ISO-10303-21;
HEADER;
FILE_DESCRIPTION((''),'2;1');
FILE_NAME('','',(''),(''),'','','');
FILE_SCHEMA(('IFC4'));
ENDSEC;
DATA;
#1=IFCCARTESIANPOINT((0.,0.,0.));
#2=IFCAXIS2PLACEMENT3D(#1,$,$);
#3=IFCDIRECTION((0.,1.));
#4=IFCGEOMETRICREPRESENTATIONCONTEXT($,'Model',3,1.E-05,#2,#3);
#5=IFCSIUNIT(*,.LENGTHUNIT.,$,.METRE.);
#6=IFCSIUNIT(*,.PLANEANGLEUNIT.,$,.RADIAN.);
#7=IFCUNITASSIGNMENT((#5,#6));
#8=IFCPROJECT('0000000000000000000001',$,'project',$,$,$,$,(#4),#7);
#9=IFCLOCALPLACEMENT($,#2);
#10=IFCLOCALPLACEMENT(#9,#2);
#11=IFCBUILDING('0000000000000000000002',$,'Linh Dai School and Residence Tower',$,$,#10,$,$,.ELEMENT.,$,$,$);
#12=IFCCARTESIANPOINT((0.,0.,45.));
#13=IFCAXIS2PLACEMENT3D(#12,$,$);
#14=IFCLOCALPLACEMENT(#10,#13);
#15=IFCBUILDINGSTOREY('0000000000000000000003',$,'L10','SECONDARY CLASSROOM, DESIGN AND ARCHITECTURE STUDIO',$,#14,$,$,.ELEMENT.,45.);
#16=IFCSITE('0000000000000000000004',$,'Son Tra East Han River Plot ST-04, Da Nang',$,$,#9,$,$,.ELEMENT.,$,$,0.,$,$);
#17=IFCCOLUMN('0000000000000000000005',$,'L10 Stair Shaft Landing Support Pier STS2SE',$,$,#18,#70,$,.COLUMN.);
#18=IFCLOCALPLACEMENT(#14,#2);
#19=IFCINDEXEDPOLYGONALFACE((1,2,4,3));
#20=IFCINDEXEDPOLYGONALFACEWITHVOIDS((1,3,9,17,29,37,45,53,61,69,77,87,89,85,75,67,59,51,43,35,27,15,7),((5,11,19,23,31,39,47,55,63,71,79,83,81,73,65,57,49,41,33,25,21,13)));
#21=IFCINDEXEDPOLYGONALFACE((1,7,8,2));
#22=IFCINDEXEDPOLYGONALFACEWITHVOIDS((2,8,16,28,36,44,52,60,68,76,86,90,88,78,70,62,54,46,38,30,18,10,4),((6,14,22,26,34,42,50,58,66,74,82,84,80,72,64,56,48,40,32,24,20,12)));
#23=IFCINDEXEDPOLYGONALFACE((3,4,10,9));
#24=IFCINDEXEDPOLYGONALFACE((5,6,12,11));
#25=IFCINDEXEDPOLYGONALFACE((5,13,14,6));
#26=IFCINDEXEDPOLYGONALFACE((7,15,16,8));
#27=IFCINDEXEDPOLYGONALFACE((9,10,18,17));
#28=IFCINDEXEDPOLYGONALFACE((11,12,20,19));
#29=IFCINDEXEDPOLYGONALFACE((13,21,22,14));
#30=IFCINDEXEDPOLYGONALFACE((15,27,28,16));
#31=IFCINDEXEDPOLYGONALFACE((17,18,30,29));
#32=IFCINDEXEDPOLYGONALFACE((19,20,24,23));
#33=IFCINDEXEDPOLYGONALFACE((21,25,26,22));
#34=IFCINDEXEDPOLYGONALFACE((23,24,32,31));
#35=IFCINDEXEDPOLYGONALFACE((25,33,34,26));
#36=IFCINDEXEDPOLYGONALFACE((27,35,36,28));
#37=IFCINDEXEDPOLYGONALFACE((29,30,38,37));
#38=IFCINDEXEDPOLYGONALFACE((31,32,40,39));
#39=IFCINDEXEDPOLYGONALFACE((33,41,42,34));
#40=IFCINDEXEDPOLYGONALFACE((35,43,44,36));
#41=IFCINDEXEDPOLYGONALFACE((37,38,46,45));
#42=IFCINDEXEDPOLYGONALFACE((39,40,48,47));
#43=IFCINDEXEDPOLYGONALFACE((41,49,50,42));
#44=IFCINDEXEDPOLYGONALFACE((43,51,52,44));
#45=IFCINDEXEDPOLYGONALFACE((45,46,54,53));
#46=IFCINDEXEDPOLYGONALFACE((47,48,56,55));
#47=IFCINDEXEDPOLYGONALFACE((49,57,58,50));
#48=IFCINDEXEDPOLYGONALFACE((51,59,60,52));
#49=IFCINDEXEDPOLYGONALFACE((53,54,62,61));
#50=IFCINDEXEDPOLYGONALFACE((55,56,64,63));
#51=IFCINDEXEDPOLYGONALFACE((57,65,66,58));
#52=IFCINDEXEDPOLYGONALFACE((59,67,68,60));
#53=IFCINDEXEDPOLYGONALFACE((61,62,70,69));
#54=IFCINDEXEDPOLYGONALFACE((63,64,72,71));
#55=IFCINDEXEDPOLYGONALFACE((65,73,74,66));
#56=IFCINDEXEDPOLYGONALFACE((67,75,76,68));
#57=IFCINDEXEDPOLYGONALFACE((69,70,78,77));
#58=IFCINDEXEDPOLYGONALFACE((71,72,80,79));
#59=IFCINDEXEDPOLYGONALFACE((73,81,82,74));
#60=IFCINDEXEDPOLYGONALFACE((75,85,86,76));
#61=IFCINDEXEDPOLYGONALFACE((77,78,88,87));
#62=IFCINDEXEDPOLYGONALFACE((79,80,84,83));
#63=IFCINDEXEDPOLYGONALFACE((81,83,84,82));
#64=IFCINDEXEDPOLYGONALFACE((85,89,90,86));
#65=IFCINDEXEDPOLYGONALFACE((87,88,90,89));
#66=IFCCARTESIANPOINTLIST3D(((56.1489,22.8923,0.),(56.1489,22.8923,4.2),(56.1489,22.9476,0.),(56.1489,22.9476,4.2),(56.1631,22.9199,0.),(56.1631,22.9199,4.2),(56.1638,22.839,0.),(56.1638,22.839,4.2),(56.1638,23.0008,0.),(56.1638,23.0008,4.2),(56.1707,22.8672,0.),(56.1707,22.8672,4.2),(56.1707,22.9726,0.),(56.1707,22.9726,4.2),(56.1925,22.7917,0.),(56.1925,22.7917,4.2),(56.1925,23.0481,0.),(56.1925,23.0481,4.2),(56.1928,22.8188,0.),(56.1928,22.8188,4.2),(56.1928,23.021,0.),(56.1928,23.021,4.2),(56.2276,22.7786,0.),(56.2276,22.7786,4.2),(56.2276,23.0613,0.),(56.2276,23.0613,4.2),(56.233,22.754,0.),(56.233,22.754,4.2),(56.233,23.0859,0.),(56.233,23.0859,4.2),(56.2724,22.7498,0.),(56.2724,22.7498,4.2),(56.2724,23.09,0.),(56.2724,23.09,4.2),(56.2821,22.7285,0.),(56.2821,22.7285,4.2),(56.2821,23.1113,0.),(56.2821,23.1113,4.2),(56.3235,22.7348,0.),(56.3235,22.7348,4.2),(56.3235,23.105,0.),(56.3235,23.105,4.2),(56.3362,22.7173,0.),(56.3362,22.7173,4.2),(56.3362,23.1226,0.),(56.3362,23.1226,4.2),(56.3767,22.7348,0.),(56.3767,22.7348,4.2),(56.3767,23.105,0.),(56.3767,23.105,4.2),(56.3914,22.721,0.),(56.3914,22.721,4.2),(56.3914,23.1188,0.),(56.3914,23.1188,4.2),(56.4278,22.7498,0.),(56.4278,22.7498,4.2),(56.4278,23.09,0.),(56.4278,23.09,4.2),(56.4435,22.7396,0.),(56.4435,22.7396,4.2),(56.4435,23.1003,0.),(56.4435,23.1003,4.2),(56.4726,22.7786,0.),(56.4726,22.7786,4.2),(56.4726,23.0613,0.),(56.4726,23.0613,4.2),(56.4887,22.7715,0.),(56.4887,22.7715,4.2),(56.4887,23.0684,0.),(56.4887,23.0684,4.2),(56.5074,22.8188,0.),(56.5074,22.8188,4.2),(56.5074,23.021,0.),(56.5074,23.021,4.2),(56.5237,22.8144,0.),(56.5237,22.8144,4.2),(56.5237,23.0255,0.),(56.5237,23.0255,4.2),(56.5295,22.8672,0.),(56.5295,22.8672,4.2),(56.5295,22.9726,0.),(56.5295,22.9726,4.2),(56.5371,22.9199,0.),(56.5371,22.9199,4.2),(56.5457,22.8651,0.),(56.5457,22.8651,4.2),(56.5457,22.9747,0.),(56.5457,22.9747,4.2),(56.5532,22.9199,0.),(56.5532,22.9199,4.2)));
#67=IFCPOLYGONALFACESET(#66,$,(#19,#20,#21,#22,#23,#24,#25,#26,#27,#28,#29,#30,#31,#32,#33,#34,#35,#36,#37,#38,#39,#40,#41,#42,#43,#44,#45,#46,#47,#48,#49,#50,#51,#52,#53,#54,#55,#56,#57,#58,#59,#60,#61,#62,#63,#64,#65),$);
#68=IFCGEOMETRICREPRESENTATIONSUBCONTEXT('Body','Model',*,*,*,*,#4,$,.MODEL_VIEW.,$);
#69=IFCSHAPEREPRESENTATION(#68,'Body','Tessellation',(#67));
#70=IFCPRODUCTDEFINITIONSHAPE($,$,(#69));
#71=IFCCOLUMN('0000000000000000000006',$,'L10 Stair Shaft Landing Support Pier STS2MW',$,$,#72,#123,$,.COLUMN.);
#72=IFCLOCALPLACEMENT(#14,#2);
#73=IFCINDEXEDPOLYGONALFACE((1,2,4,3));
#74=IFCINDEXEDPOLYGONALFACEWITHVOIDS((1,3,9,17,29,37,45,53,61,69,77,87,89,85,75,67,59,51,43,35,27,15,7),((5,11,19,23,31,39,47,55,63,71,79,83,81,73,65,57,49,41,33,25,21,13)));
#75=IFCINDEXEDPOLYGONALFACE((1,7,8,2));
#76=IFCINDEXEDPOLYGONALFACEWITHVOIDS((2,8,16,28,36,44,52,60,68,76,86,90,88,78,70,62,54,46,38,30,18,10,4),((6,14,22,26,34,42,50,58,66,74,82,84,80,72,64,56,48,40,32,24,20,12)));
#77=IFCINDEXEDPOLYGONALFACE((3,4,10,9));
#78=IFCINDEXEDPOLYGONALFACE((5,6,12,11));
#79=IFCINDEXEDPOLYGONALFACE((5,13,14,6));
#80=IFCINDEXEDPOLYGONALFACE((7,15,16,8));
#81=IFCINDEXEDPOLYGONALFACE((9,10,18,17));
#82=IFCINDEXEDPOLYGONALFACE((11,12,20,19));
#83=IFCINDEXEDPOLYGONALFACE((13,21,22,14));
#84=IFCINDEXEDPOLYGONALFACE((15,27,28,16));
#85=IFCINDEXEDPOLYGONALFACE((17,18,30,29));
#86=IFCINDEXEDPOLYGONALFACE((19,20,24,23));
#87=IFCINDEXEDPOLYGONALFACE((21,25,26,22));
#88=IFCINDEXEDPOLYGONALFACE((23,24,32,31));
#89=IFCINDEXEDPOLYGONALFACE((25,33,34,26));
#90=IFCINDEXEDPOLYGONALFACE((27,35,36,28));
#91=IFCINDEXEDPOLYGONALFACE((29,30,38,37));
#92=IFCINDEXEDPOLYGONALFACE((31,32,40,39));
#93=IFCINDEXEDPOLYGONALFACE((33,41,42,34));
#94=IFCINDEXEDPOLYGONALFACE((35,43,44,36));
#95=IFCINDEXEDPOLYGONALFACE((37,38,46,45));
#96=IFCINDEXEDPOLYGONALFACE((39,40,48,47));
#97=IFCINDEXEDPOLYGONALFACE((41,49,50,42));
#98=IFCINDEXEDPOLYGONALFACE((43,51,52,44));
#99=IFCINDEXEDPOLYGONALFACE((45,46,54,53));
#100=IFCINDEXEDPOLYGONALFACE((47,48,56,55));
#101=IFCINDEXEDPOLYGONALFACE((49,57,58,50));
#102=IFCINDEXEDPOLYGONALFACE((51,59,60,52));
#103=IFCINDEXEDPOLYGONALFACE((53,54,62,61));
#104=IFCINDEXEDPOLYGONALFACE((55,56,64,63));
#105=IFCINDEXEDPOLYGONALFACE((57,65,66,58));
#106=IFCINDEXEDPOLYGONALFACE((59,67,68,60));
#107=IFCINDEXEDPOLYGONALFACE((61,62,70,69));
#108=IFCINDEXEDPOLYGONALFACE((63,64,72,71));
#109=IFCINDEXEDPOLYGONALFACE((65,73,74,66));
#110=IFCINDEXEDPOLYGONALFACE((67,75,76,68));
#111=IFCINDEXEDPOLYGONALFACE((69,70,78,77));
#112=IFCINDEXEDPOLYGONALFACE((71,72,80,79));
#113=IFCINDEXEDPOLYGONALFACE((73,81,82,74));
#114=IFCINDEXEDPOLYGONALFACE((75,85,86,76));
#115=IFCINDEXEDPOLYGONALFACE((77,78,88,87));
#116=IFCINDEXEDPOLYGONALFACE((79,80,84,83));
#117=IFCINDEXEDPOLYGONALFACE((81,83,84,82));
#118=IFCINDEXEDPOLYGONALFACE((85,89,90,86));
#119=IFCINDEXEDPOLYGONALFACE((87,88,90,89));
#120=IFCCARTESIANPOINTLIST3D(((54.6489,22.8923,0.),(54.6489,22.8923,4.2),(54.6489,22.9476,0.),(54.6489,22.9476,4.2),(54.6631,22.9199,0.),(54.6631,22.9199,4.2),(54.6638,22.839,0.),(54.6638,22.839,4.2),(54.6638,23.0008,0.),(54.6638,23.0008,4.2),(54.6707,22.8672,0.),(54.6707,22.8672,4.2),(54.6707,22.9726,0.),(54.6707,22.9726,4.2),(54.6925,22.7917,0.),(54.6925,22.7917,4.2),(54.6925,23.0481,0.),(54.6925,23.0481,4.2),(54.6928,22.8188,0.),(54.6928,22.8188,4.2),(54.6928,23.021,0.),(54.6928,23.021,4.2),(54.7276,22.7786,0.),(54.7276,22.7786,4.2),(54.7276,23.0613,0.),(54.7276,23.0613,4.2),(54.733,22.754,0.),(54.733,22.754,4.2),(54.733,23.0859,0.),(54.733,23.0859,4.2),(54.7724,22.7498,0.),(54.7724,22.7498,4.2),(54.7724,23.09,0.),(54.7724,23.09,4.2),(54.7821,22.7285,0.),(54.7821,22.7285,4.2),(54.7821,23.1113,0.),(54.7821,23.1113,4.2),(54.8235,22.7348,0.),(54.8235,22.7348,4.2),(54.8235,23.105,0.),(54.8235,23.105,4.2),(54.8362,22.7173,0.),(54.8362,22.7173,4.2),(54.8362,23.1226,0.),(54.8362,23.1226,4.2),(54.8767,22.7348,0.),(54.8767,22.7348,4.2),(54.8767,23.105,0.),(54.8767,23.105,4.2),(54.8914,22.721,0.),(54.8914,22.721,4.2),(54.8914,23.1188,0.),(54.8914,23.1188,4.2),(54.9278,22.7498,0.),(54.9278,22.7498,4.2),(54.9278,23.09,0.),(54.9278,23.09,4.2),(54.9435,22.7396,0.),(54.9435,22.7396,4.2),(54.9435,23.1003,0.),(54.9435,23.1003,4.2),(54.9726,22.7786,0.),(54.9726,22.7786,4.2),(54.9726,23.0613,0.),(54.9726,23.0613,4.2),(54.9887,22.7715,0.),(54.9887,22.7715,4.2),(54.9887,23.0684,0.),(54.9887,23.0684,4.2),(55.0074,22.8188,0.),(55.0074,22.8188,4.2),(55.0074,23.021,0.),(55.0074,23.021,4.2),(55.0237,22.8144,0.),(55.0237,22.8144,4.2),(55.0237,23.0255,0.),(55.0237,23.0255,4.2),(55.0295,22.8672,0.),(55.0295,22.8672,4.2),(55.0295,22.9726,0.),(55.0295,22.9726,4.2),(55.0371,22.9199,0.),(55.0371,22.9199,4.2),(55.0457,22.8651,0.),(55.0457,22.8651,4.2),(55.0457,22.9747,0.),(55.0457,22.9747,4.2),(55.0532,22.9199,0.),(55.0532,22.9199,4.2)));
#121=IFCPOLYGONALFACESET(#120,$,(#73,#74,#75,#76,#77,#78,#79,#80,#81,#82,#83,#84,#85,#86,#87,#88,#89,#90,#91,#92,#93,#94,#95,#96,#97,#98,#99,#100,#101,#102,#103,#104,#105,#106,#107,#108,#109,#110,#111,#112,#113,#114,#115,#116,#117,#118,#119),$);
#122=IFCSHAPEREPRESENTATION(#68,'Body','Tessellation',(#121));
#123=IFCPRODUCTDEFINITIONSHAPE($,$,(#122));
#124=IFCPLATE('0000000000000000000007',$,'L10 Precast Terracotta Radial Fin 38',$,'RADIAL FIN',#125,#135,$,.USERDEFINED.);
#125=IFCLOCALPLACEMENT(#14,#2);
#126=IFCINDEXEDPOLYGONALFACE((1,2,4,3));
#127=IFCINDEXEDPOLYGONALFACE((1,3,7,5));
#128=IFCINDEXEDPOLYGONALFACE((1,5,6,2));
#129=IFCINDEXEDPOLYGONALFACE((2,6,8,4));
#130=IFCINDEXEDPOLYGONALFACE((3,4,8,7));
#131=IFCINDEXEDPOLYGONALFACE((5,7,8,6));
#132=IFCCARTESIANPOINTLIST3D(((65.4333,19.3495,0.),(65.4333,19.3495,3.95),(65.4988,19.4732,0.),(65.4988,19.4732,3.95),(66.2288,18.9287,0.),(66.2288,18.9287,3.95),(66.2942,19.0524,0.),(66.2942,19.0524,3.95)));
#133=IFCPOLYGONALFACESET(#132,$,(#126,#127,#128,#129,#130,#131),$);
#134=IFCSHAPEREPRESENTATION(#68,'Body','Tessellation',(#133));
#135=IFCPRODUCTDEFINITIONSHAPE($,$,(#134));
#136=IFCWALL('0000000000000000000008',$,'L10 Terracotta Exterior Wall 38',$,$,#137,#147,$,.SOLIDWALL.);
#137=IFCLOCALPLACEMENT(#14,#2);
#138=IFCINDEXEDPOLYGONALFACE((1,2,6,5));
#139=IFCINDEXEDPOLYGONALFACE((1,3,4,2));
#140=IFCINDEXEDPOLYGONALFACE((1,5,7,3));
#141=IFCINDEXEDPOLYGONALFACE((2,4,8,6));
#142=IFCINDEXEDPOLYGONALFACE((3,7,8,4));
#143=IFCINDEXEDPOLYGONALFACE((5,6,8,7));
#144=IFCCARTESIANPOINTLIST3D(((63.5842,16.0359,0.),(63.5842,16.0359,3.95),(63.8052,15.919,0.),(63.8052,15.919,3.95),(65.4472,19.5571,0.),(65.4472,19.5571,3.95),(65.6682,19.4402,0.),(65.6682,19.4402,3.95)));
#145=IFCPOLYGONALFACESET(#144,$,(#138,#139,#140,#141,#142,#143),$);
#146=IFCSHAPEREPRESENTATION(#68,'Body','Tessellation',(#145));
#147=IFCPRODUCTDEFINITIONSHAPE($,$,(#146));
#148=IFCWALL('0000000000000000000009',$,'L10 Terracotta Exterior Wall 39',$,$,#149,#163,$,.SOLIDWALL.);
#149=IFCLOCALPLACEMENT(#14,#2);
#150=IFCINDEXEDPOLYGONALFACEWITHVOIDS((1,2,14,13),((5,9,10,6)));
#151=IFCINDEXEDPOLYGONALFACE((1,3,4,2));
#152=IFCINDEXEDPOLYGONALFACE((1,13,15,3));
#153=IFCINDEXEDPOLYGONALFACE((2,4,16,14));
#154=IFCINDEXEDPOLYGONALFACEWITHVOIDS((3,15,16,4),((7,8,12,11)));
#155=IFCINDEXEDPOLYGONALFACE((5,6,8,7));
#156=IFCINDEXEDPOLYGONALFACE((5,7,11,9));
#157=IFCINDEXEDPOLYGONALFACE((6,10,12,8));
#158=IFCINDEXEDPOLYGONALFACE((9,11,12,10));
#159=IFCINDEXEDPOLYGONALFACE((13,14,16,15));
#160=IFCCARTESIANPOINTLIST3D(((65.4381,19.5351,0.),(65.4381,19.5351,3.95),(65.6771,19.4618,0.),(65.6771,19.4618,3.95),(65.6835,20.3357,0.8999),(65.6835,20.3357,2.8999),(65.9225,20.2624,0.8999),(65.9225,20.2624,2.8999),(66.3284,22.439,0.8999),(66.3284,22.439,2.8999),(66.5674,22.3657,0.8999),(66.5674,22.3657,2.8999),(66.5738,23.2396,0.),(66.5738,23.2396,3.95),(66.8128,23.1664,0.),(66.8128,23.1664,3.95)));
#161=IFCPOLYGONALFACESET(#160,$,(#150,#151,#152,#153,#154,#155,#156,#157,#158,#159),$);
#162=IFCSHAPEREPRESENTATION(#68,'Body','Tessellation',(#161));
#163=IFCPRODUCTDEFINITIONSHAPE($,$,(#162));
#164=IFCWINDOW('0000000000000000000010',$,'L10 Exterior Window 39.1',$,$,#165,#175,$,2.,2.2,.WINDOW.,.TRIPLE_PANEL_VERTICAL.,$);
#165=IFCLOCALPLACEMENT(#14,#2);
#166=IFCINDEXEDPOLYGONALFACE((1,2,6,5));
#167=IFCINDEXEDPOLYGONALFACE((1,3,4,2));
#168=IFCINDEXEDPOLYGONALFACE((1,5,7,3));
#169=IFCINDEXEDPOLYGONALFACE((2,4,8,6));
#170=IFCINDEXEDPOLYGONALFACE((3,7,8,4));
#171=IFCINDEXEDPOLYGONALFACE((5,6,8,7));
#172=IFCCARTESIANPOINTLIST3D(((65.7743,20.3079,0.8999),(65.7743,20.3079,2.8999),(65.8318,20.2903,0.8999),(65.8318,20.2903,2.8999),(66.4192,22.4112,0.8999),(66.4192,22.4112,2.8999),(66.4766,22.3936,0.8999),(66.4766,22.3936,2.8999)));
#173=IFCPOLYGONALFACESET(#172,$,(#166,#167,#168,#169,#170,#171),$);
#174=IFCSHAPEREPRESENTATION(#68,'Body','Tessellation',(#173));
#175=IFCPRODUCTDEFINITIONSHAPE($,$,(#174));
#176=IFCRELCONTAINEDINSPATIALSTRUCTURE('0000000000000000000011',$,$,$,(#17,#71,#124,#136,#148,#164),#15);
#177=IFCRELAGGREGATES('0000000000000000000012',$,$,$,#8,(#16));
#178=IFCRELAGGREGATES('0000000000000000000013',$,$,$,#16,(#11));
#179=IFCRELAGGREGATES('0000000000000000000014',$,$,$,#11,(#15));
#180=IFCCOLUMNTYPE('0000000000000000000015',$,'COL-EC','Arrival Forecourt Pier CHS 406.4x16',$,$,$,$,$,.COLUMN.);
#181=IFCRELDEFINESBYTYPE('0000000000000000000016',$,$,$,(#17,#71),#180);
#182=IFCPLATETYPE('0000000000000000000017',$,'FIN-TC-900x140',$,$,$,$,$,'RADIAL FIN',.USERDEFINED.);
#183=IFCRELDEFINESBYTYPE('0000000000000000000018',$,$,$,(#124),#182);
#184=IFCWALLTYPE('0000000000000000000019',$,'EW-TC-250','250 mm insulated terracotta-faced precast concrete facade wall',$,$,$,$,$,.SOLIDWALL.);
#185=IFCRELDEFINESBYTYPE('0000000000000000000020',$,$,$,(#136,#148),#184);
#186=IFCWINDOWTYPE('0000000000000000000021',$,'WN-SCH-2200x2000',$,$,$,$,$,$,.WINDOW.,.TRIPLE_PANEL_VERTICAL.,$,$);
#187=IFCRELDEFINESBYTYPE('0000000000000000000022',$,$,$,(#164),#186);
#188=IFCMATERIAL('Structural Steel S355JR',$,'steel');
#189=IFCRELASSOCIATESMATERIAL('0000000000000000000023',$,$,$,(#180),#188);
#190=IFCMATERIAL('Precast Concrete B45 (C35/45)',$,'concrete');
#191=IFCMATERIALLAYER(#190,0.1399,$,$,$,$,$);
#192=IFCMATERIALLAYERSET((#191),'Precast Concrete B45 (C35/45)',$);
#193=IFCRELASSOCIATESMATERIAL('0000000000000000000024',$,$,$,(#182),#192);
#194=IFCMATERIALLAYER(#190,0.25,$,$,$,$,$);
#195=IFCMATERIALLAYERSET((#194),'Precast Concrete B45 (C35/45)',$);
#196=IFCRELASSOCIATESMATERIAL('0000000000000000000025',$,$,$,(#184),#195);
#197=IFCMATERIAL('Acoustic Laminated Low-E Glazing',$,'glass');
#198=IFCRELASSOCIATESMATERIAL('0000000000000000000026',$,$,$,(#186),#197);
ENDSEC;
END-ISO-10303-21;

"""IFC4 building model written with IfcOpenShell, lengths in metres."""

from ifc_helpers import new_model, si_unit, direction, frame, frame_2d, origin, origin_2d, place, context, subcontext, project, spatial, rectangle, hollow_circle, extrude, source, transform, mapped, material, layer, layer_set, material_profile, profile_set, type_object, element, fill, save


model = new_model("IFC4")

# Units and contexts
model_context = context("Model", 3, precision=1e-05, world=origin(), true_north=direction((0.0, 1.0)))
body_context = subcontext(model_context, "Body", "Model", "MODEL_VIEW")
ifc_project = project(units=[si_unit("LENGTHUNIT", "METRE"), si_unit("PLANEANGLEUNIT", "RADIAN")], contexts=[model_context])

# Site, building, storey
site_placement = place(None, origin())
site = spatial("IfcSite", under=ifc_project, at=site_placement, Name="Son Tra East Han River Plot ST-04, Da Nang", CompositionType="ELEMENT", RefElevation=0.0)
building_placement = place(site_placement, origin())
building = spatial("IfcBuilding", under=site, at=building_placement, Name="Linh Dai School and Residence Tower", CompositionType="ELEMENT")
storey_placement = place(building_placement, frame((0.0, 0.0, 45.0)))
storey = spatial("IfcBuildingStorey", under=building, at=storey_placement, Name="L10", Description="SECONDARY CLASSROOM, DESIGN AND ARCHITECTURE STUDIO", CompositionType="ELEMENT", Elevation=45.0)

# Columns
ifc_material_1 = material(Name="Structural Steel S355JR", Category="steel")
ifc_material_profile = material_profile(ifc_material_1, hollow_circle(Radius=0.2031, WallThickness=0.0161, at=origin_2d()), Name="CHS 406.4x16")
ifc_profile_set = profile_set([ifc_material_profile], Name="Structural Steel S355JR")
column_type = type_object("IfcColumnType", Name="COL-EC", Description="Arrival Forecourt Pier CHS 406.4x16", PredefinedType="COLUMN", material=ifc_profile_set)
for number, where, z_axis, x_axis, name in (
    (1, (56.3501, 22.9199, 0.0), (0.0, 0.0, 1.0), (1.0, 0.0, 0.0), "L10 Stair Shaft Landing Support Pier STS2SE"),
    (2, (54.8501, 22.9199, 0.0), (0.0, 0.0, 1.0), (1.0, 0.0, 0.0), "L10 Stair Shaft Landing Support Pier STS2MW"),
):
    element("IfcColumn", number, at=place(storey_placement, frame(where, z_axis=z_axis, x_axis=x_axis)), inside=storey, type_object=column_type, Name=name, PredefinedType="COLUMN", context=body_context, shape_type="SweptSolid", body=[
        extrude(hollow_circle(Radius=0.2031, WallThickness=0.0161, at=origin_2d()), origin(), (0.0, 0.0, 1.0), 4.2),
    ])

# Plate
ifc_material_2 = material(Name="Precast Concrete B45 (C35/45)", Category="concrete")
ifc_layer_1 = layer(ifc_material_2, 0.1399)
ifc_layer_set_1 = layer_set([ifc_layer_1], Name="Precast Concrete B45 (C35/45)")
plate_type = type_object("IfcPlateType", Name="FIN-TC-900x140", ElementType="RADIAL FIN", PredefinedType="USERDEFINED", material=ifc_layer_set_1)
shared_shape_1 = source(origin(), body_context, "Body", "SweptSolid", [
    extrude(rectangle(XDim=0.8999, YDim=0.1399, at=origin_2d()), origin(), (0.0, 0.0, 1.0), 3.95),
])
plate_placement = place(storey_placement, frame((65.8638, 19.2009, 0.0), z_axis=(0.0, 0.0, 1.0), x_axis=(0.883934, -0.467612, 0.0)))
element("IfcPlate", 3, at=plate_placement, inside=storey, type_object=plate_type, Name="L10 Precast Terracotta Radial Fin 38", ObjectType="RADIAL FIN", PredefinedType="USERDEFINED", context=body_context, shape_type="MappedRepresentation", body=[
    mapped(shared_shape_1, transform((0.0, 0.0, 0.0), x_axis=(1.0, 0.0, 0.0), y_axis=(0.0, 1.0, 0.0), z_axis=(0.0, 0.0, 1.0), scale=1.0)),
])

# Wall
ifc_layer_2 = layer(ifc_material_2, 0.25)
ifc_layer_set_2 = layer_set([ifc_layer_2], Name="Precast Concrete B45 (C35/45)")
wall_type_1 = type_object("IfcWallType", Name="EW-TC-250", Description="250 mm insulated terracotta-faced precast concrete facade wall", PredefinedType="SOLIDWALL", material=ifc_layer_set_2)
wall_1_placement = place(storey_placement, frame((65.5576, 19.4985, 0.0), z_axis=(0.0, 0.0, 1.0), x_axis=(-0.467662, -0.883907, 0.0)))
element("IfcWall", 4, at=wall_1_placement, inside=storey, type_object=wall_type_1, Name="L10 Terracotta Exterior Wall 38", PredefinedType="SOLIDWALL", context=body_context, shape_type="SweptSolid", body=[
    extrude(rectangle(XDim=3.9836, YDim=0.25, at=frame_2d((1.9917, 0.0))), origin(), (0.0, 0.0, 1.0), 3.95),
])

# Wall, opening, window
wall_2_placement = place(storey_placement, frame((66.6934, 23.2031, 0.0), z_axis=(0.0, 0.0, 1.0), x_axis=(-0.293112, -0.956078, 0.0)))
wall_2 = element("IfcWall", 5, at=wall_2_placement, inside=storey, type_object=wall_type_1, Name="L10 Terracotta Exterior Wall 39", PredefinedType="SOLIDWALL", context=body_context, shape_type="SweptSolid", body=[
    extrude(rectangle(XDim=3.8748, YDim=0.25, at=frame_2d((1.9375, 0.0))), origin(), (0.0, 0.0, 1.0), 3.95),
])
opening_1_placement = place(wall_2_placement, frame((0.8374, 0.0, 0.8999)))
opening_1 = element("IfcOpeningElement", 6, at=opening_1_placement, cuts=wall_2, PredefinedType="OPENING", context=body_context, shape_type="SweptSolid", body=[
    extrude(rectangle(XDim=2.2, YDim=2.0, at=origin_2d()), frame((1.1001, 0.135, 1.0), z_axis=(0.0, -1.0, 0.0), x_axis=(1.0, 0.0, 0.0)), (0.0, 0.0, 1.0), 0.27),
])
ifc_material_3 = material(Name="Acoustic Laminated Low-E Glazing", Category="glass")
window_type = type_object("IfcWindowType", Name="WN-SCH-2200x2000", PartitioningType="TRIPLE_PANEL_VERTICAL", PredefinedType="WINDOW", material=ifc_material_3)
shared_shape_2 = source(origin(), body_context, "Body", "SweptSolid", [
    extrude(rectangle(XDim=2.2, YDim=2.0, at=origin_2d()), frame((1.1001, 0.03, 1.0), z_axis=(0.0, -1.0, 0.0), x_axis=(1.0, 0.0, 0.0)), (0.0, 0.0, 1.0), 0.0601),
])
window_placement = place(opening_1_placement, origin())
window = element("IfcWindow", 7, at=window_placement, inside=storey, type_object=window_type, Name="L10 Exterior Window 39.1", OverallHeight=2.0, OverallWidth=2.2, PartitioningType="TRIPLE_PANEL_VERTICAL", PredefinedType="WINDOW", context=body_context, shape_type="MappedRepresentation", body=[
    mapped(shared_shape_2, transform((0.0, 0.0, 0.0), x_axis=(1.0, 0.0, 0.0), y_axis=(0.0, 1.0, 0.0), z_axis=(0.0, 0.0, 1.0), scale=1.0)),
])
fill(opening_1, window)

save(model, "model.ifc")
